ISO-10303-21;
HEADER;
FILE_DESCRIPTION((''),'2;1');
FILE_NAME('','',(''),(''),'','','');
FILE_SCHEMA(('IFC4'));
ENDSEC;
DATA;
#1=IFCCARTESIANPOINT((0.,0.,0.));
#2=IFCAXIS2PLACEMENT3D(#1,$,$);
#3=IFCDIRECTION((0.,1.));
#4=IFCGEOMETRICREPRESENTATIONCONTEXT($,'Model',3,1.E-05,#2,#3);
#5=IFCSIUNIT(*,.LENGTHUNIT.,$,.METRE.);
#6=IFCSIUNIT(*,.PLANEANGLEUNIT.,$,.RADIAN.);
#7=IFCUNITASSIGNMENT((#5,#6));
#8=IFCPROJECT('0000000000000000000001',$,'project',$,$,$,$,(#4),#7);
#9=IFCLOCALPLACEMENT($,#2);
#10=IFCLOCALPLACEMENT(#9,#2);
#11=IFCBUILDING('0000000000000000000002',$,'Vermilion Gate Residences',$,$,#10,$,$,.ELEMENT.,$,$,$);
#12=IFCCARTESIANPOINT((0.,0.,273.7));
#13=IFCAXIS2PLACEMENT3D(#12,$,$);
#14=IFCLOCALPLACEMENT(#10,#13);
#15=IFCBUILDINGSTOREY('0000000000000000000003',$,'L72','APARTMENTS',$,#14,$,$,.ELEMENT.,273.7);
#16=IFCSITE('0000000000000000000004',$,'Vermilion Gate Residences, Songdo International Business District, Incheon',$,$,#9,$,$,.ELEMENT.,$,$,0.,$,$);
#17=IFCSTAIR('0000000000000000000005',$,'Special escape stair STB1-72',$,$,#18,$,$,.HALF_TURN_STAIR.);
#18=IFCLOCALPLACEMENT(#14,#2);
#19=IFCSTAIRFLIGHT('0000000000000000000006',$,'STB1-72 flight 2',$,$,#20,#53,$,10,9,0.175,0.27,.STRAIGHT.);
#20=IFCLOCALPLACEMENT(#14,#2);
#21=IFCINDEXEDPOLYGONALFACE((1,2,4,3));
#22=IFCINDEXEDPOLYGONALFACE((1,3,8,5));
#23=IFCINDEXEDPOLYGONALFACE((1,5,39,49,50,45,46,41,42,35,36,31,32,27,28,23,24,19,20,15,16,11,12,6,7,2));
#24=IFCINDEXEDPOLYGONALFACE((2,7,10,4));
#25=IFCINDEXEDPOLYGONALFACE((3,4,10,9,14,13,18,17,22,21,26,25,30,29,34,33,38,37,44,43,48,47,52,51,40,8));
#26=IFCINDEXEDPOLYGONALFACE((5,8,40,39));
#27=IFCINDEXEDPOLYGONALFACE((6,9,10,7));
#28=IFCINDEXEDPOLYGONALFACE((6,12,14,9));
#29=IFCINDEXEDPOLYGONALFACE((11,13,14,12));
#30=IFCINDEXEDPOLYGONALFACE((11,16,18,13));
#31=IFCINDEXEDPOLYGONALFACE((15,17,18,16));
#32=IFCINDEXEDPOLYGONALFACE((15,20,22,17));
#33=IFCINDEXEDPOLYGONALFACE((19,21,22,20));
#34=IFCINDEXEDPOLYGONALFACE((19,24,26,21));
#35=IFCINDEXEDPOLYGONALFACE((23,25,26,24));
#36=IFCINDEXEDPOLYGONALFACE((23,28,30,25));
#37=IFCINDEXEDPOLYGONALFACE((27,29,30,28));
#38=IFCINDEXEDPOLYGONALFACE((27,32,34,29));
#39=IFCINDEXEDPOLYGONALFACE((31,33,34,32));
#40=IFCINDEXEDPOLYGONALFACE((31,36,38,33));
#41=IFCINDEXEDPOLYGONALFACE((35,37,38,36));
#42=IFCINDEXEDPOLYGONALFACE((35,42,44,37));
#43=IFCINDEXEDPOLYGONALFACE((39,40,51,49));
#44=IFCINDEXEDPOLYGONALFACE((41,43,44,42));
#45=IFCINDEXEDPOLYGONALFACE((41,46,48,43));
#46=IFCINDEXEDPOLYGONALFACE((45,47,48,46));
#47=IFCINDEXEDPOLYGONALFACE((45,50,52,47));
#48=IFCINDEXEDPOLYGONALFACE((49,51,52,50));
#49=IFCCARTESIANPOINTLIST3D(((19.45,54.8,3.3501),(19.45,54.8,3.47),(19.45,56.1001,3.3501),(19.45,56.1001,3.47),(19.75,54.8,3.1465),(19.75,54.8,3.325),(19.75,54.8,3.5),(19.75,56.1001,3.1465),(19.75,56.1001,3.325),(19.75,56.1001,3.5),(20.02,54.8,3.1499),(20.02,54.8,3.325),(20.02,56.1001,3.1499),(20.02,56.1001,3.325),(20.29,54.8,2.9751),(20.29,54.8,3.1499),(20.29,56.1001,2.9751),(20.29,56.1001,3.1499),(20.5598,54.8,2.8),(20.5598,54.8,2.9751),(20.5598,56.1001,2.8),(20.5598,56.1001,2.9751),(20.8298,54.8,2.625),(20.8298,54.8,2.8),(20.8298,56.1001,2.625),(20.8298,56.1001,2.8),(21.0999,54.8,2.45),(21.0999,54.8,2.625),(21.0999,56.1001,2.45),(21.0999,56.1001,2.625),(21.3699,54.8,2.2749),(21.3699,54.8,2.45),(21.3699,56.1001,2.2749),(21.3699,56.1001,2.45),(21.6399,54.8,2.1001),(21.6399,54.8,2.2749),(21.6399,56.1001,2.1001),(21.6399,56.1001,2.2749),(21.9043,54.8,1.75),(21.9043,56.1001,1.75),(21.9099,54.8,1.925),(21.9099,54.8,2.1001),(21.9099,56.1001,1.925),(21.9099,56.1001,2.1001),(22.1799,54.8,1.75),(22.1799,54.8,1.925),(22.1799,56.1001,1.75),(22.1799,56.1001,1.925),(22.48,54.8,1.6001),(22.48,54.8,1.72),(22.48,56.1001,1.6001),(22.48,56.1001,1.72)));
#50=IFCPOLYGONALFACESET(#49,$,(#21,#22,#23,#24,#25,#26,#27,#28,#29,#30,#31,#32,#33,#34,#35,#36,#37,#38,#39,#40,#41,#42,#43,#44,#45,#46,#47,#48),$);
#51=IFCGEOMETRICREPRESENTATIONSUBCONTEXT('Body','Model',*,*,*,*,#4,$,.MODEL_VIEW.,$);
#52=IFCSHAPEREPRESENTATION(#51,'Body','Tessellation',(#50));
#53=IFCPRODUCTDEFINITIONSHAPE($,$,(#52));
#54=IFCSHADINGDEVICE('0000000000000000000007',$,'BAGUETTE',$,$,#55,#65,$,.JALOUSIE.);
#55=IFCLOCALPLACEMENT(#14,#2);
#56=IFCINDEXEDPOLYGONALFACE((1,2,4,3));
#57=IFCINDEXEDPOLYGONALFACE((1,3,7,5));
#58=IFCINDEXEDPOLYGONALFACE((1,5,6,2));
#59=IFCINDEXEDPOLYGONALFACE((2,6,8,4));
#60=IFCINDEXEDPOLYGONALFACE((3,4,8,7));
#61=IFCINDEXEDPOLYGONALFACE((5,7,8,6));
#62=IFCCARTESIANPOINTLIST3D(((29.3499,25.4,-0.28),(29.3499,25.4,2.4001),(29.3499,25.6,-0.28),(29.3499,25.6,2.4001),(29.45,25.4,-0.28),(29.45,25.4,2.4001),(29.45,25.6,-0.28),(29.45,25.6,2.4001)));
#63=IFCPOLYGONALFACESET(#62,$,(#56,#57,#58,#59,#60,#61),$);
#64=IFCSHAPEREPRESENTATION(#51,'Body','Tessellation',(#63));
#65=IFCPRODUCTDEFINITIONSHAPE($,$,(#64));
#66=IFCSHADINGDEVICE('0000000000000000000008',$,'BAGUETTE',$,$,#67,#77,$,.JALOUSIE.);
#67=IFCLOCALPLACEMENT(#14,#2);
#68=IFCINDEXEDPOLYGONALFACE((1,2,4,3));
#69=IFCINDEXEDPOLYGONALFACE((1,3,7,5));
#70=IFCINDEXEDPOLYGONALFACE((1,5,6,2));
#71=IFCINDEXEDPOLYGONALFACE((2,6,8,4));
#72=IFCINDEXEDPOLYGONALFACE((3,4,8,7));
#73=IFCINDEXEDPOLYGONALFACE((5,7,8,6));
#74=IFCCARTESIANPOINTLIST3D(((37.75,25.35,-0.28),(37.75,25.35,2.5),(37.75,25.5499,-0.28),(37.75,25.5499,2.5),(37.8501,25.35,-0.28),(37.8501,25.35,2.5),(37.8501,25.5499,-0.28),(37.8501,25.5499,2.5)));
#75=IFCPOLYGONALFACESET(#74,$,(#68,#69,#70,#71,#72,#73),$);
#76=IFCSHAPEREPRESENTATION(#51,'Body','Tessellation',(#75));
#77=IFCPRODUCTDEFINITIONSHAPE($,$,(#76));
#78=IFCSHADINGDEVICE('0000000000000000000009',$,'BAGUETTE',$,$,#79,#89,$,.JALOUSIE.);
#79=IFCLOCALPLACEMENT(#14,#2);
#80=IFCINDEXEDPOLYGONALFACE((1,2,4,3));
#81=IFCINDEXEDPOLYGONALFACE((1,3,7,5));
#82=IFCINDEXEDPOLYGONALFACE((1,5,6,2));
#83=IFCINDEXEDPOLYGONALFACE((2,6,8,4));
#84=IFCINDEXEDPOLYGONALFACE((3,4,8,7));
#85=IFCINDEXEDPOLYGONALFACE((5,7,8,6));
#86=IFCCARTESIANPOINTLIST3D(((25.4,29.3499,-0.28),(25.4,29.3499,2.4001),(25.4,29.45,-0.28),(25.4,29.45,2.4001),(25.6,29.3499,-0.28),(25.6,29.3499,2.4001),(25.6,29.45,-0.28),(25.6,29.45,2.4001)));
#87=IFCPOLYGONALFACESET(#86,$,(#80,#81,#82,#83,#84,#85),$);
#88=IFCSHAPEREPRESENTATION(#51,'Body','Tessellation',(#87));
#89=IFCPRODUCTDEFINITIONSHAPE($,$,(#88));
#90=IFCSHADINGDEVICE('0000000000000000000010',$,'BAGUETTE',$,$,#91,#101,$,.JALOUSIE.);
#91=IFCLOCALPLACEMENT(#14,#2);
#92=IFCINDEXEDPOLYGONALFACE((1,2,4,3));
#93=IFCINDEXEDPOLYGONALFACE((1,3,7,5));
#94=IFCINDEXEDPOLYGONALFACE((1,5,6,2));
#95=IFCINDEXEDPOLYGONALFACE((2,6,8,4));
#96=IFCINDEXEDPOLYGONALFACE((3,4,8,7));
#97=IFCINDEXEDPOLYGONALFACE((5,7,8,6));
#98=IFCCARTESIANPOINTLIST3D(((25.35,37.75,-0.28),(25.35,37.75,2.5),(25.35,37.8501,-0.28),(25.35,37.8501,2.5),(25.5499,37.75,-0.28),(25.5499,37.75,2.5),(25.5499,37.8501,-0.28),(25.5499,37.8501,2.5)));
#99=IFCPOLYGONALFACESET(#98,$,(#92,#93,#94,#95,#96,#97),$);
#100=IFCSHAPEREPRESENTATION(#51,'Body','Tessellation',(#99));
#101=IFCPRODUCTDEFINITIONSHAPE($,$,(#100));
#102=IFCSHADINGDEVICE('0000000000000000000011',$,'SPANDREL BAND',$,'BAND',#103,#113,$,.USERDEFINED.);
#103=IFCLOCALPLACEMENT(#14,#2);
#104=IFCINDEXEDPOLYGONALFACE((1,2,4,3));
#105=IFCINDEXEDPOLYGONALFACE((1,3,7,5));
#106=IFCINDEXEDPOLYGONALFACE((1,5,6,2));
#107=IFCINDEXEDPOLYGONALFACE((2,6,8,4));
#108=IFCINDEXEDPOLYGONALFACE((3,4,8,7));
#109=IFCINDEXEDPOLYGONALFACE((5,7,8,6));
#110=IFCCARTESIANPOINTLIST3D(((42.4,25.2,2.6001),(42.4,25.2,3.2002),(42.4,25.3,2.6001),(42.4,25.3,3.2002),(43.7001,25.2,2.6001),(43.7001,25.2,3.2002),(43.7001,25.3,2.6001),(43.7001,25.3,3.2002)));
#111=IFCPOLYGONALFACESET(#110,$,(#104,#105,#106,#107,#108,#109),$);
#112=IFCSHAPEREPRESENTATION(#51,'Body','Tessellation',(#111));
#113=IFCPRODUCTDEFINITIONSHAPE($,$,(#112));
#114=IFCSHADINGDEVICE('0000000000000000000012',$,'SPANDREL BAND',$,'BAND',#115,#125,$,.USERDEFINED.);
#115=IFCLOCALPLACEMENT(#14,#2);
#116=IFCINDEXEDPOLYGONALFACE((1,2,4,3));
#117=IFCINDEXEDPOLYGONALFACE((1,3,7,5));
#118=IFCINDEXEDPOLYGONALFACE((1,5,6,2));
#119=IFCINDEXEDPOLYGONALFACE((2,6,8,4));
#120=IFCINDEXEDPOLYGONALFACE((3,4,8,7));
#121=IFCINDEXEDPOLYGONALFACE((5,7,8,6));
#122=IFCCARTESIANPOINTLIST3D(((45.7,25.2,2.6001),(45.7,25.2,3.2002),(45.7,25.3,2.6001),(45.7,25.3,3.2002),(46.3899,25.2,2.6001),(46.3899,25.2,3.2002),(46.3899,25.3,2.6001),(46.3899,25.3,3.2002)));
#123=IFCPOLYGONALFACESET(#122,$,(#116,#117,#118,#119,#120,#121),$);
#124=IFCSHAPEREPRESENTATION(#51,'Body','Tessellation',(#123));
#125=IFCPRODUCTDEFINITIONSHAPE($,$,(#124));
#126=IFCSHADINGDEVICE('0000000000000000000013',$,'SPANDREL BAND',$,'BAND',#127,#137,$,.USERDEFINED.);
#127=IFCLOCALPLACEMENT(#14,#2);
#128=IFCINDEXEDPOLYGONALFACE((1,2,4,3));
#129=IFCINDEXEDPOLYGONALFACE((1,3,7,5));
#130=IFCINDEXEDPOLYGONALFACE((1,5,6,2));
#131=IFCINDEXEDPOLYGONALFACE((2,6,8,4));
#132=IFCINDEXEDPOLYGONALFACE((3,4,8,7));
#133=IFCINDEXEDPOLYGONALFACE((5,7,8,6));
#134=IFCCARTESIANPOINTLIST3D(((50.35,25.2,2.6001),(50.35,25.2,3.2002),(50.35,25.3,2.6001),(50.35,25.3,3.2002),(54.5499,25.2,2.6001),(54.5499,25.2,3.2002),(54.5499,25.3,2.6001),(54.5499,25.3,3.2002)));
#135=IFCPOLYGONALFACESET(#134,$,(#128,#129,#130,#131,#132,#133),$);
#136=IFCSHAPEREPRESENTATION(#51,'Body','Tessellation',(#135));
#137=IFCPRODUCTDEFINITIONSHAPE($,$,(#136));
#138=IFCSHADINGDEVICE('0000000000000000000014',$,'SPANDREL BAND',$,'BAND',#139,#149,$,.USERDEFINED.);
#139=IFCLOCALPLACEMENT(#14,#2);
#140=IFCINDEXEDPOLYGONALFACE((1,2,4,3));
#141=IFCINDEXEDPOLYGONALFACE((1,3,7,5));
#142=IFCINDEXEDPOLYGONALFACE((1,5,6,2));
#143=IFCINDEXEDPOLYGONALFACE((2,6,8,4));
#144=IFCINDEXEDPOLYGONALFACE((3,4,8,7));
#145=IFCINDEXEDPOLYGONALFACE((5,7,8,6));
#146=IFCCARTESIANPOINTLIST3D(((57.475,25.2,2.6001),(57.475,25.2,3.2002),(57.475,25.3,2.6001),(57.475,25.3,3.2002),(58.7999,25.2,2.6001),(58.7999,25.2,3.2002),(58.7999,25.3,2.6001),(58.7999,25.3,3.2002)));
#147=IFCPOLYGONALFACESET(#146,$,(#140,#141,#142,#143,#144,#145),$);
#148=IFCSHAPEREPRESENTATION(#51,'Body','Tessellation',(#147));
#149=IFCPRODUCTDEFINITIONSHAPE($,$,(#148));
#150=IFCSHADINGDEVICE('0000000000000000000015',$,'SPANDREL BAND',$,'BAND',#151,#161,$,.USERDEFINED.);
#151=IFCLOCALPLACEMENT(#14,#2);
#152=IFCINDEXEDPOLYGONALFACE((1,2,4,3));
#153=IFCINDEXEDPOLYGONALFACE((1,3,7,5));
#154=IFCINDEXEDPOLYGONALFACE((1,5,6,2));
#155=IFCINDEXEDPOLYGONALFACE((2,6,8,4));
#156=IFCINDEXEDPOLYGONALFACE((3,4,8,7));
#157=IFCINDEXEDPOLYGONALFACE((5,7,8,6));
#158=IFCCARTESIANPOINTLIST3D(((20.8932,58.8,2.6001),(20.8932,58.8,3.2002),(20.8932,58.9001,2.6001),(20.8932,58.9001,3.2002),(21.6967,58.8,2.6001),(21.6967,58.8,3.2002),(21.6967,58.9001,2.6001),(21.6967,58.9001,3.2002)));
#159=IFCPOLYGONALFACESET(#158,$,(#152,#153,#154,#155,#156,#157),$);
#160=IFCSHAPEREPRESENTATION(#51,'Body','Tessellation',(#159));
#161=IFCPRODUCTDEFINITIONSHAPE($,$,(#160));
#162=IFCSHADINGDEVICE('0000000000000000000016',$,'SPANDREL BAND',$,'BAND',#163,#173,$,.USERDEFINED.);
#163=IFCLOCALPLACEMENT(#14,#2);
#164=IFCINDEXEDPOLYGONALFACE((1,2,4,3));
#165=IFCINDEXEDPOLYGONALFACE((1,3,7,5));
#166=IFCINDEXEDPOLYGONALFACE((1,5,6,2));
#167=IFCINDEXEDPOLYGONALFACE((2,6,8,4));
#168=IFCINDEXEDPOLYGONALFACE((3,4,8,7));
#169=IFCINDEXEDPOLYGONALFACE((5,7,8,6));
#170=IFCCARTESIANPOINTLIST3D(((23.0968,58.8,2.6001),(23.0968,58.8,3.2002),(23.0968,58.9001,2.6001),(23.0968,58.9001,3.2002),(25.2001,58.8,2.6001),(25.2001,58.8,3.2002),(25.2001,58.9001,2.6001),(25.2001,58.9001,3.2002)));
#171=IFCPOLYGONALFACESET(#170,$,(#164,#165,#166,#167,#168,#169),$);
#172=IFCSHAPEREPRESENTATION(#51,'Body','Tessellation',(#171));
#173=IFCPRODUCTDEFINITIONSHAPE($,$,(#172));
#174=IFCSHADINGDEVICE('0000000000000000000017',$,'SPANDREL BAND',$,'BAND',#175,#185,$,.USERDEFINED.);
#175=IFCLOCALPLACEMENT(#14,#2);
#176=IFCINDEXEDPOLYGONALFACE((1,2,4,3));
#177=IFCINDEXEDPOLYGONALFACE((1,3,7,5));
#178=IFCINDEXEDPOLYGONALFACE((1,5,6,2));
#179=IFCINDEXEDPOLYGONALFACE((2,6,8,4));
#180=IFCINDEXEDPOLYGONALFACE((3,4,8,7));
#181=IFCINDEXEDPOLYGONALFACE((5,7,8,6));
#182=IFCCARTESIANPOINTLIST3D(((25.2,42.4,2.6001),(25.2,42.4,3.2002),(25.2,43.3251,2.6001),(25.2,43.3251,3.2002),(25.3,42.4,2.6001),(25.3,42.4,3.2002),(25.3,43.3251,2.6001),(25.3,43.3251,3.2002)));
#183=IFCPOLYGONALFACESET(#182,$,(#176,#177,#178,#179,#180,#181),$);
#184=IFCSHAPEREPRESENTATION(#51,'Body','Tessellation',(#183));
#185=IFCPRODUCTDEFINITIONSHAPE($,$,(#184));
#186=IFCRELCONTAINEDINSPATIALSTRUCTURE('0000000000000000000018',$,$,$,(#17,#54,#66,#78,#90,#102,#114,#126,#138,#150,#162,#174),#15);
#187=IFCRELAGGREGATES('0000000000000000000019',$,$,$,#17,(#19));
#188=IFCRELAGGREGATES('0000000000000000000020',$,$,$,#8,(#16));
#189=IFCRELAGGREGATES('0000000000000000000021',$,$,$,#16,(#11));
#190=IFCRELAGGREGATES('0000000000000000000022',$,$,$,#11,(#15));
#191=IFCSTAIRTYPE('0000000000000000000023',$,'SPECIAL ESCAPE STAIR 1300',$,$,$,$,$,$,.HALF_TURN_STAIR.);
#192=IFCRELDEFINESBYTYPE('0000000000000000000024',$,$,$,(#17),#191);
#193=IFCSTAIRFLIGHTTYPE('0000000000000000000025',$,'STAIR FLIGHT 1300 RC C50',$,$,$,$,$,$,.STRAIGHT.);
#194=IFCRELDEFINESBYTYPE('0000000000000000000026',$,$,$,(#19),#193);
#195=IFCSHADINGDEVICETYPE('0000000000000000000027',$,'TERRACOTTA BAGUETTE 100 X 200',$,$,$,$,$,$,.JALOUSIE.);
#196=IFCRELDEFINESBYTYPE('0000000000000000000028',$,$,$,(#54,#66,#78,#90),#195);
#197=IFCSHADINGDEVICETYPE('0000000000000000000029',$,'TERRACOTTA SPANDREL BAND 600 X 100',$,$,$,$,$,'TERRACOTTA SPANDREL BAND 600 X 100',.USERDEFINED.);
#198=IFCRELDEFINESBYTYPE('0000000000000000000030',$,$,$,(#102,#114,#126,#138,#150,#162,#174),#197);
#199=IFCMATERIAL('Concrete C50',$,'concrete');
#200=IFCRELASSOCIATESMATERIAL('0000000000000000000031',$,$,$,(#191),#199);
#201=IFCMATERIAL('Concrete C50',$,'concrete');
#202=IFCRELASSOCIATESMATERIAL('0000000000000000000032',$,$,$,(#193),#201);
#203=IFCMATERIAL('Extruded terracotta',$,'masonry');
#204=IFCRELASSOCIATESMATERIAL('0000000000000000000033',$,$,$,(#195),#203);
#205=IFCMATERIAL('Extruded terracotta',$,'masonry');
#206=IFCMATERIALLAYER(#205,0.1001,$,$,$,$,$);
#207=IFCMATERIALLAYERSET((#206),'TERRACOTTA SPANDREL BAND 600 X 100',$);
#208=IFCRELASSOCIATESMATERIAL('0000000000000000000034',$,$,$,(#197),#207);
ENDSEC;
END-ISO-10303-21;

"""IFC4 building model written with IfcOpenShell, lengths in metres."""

from ifc_helpers import new_model, si_unit, direction, frame, origin, origin_2d, place, context, subcontext, project, spatial, polyline, rectangle, outline, extrude, material, layer, layer_set, material_profile, profile_set, type_object, element, aggregate, save


model = new_model("IFC4")

# Units and contexts
model_context = context("Model", 3, precision=1e-05, world=origin(), true_north=direction((0.0, 1.0)))
body_context = subcontext(model_context, "Body", "Model", "MODEL_VIEW")
ifc_project = project(units=[si_unit("LENGTHUNIT", "METRE"), si_unit("PLANEANGLEUNIT", "RADIAN")], contexts=[model_context])

# Site, building, storey
site_placement = place(None, origin())
site = spatial("IfcSite", under=ifc_project, at=site_placement, Name="Vermilion Gate Residences, Songdo International Business District, Incheon", CompositionType="ELEMENT", RefElevation=0.0)
building_placement = place(site_placement, origin())
building = spatial("IfcBuilding", under=site, at=building_placement, Name="Vermilion Gate Residences", CompositionType="ELEMENT")
storey_placement = place(building_placement, frame((0.0, 0.0, 273.7)))
storey = spatial("IfcBuildingStorey", under=building, at=storey_placement, Name="L72", Description="APARTMENTS", CompositionType="ELEMENT", Elevation=273.7)

# Stair, stair flight
ifc_material_1 = material(Name="Concrete C50", Category="concrete")
stair_type = type_object("IfcStairType", Name="SPECIAL ESCAPE STAIR 1300", PredefinedType="HALF_TURN_STAIR", material=ifc_material_1)
stair_placement = place(storey_placement, origin())
stair = element("IfcStair", 1, at=stair_placement, inside=storey, type_object=stair_type, Name="Special escape stair STB1-72", PredefinedType="HALF_TURN_STAIR")
ifc_material_2 = material(Name="Concrete C50", Category="concrete")
stair_flight_type = type_object("IfcStairFlightType", Name="STAIR FLIGHT 1300 RC C50", PredefinedType="STRAIGHT", material=ifc_material_2)
stair_flight_placement = place(storey_placement, frame((22.1799, 55.45, 1.75), z_axis=(0.0, 0.0, 1.0), x_axis=(-1.0, 0.0, 0.0)))
stair_flight = element("IfcStairFlight", 2, at=stair_flight_placement, type_object=stair_flight_type, Name="STB1-72 flight 2", NumberOfRisers=10, NumberOfTreads=9, PredefinedType="STRAIGHT", RiserHeight=0.175, TreadLength=0.27, context=body_context, shape_type="SweptSolid", body=[
    extrude(outline(polyline([(-0.3, -0.1499), (-0.3, -0.03), (0.0, 0.0), (0.0, 0.175), (0.27, 0.175), (0.27, 0.3501), (0.54, 0.3501), (0.54, 0.5249), (0.8101, 0.5249), (0.8101, 0.7), (1.0801, 0.7), (1.0801, 0.875), (1.3501, 0.875), (1.3501, 1.05), (1.6201, 1.05), (1.6201, 1.2251), (1.8899, 1.2251), (1.8899, 1.3999), (2.1599, 1.3999), (2.1599, 1.575), (2.4299, 1.575), (2.4299, 1.75), (2.73, 1.72), (2.73, 1.6001), (2.4299, 1.3965), (0.2756, 0.0), (-0.3, -0.1499)])), frame((0.0, 0.6499, 0.0), z_axis=(0.0, -1.0, 0.0), x_axis=(1.0, 0.0, 0.0)), (0.0, 0.0, 1.0), 1.3),
])
aggregate(stair, [stair_flight])

# Shading devices
ifc_material_3 = material(Name="Extruded terracotta", Category="masonry")
ifc_material_profile_1 = material_profile(ifc_material_3, rectangle(XDim=0.2, YDim=0.1001, at=origin_2d()), Name="BAGUETTE 100 X 200")
ifc_profile_set_1 = profile_set([ifc_material_profile_1], Name="Extruded terracotta")
shading_device_type_1 = type_object("IfcShadingDeviceType", Name="TERRACOTTA BAGUETTE 100 X 200", PredefinedType="JALOUSIE", material=ifc_profile_set_1)
shading_device_1_placement = place(storey_placement, frame((29.3999, 25.5, -0.28), z_axis=(0.0, 0.0, 1.0), x_axis=(0.0, -1.0, 0.0)))
element("IfcShadingDevice", 3, at=shading_device_1_placement, inside=storey, type_object=shading_device_type_1, Name="BAGUETTE", PredefinedType="JALOUSIE", context=body_context, shape_type="SweptSolid", body=[
    extrude(rectangle(XDim=0.2, YDim=0.1001, at=origin_2d()), origin(), (0.0, 0.0, 1.0), 2.6802),
])
shading_device_2_placement = place(storey_placement, frame((37.8, 25.45, -0.28), z_axis=(0.0, 0.0, 1.0), x_axis=(0.0, -1.0, 0.0)))
element("IfcShadingDevice", 4, at=shading_device_2_placement, inside=storey, type_object=shading_device_type_1, Name="BAGUETTE", PredefinedType="JALOUSIE", context=body_context, shape_type="SweptSolid", body=[
    extrude(rectangle(XDim=0.2, YDim=0.1001, at=origin_2d()), origin(), (0.0, 0.0, 1.0), 2.78),
])
shading_device_3_placement = place(storey_placement, frame((25.5, 29.3999, -0.28), z_axis=(0.0, 0.0, 1.0), x_axis=(-1.0, 0.0, 0.0)))
element("IfcShadingDevice", 5, at=shading_device_3_placement, inside=storey, type_object=shading_device_type_1, Name="BAGUETTE", PredefinedType="JALOUSIE", context=body_context, shape_type="SweptSolid", body=[
    extrude(rectangle(XDim=0.2, YDim=0.1001, at=origin_2d()), origin(), (0.0, 0.0, 1.0), 2.6802),
])
shading_device_4_placement = place(storey_placement, frame((25.45, 37.8, -0.28), z_axis=(0.0, 0.0, 1.0), x_axis=(-1.0, 0.0, 0.0)))
element("IfcShadingDevice", 6, at=shading_device_4_placement, inside=storey, type_object=shading_device_type_1, Name="BAGUETTE", PredefinedType="JALOUSIE", context=body_context, shape_type="SweptSolid", body=[
    extrude(rectangle(XDim=0.2, YDim=0.1001, at=origin_2d()), origin(), (0.0, 0.0, 1.0), 2.78),
])
ifc_material_4 = material(Name="Extruded terracotta", Category="masonry")
ifc_layer_1 = layer(ifc_material_4, 0.1001)
ifc_layer_set_1 = layer_set([ifc_layer_1], Name="TERRACOTTA SPANDREL BAND 600 X 100")
shading_device_type_2 = type_object("IfcShadingDeviceType", Name="TERRACOTTA SPANDREL BAND 600 X 100", ElementType="TERRACOTTA SPANDREL BAND 600 X 100", PredefinedType="USERDEFINED", material=ifc_layer_set_1)
shading_device_5_placement = place(storey_placement, frame((43.05, 25.25, 2.6001), z_axis=(0.0, 0.0, 1.0), x_axis=(1.0, 0.0, 0.0)))
element("IfcShadingDevice", 7, at=shading_device_5_placement, inside=storey, type_object=shading_device_type_2, Name="SPANDREL BAND", ObjectType="BAND", PredefinedType="USERDEFINED", context=body_context, shape_type="SweptSolid", body=[
    extrude(rectangle(XDim=1.3, YDim=0.1001, at=origin_2d()), origin(), (0.0, 0.0, 1.0), 0.6001),
])
shading_device_6_placement = place(storey_placement, frame((46.0449, 25.25, 2.6001), z_axis=(0.0, 0.0, 1.0), x_axis=(1.0, 0.0, 0.0)))
element("IfcShadingDevice", 8, at=shading_device_6_placement, inside=storey, type_object=shading_device_type_2, Name="SPANDREL BAND", ObjectType="BAND", PredefinedType="USERDEFINED", context=body_context, shape_type="SweptSolid", body=[
    extrude(rectangle(XDim=0.6899, YDim=0.1001, at=origin_2d()), origin(), (0.0, 0.0, 1.0), 0.6001),
])
shading_device_7_placement = place(storey_placement, frame((52.45, 25.25, 2.6001), z_axis=(0.0, 0.0, 1.0), x_axis=(1.0, 0.0, 0.0)))
element("IfcShadingDevice", 9, at=shading_device_7_placement, inside=storey, type_object=shading_device_type_2, Name="SPANDREL BAND", ObjectType="BAND", PredefinedType="USERDEFINED", context=body_context, shape_type="SweptSolid", body=[
    extrude(rectangle(XDim=4.2, YDim=0.1001, at=origin_2d()), origin(), (0.0, 0.0, 1.0), 0.6001),
])
shading_device_8_placement = place(storey_placement, frame((58.1375, 25.25, 2.6001), z_axis=(0.0, 0.0, 1.0), x_axis=(1.0, 0.0, 0.0)))
element("IfcShadingDevice", 10, at=shading_device_8_placement, inside=storey, type_object=shading_device_type_2, Name="SPANDREL BAND", ObjectType="BAND", PredefinedType="USERDEFINED", context=body_context, shape_type="SweptSolid", body=[
    extrude(rectangle(XDim=1.325, YDim=0.1001, at=origin_2d()), origin(), (0.0, 0.0, 1.0), 0.6001),
])
shading_device_9_placement = place(storey_placement, frame((21.2949, 58.8501, 2.6001), z_axis=(0.0, 0.0, 1.0), x_axis=(1.0, 0.0, 0.0)))
element("IfcShadingDevice", 11, at=shading_device_9_placement, inside=storey, type_object=shading_device_type_2, Name="SPANDREL BAND", ObjectType="BAND", PredefinedType="USERDEFINED", context=body_context, shape_type="SweptSolid", body=[
    extrude(rectangle(XDim=0.8035, YDim=0.1001, at=origin_2d()), origin(), (0.0, 0.0, 1.0), 0.6001),
])
shading_device_10_placement = place(storey_placement, frame((24.1484, 58.8501, 2.6001), z_axis=(0.0, 0.0, 1.0), x_axis=(1.0, 0.0, 0.0)))
element("IfcShadingDevice", 12, at=shading_device_10_placement, inside=storey, type_object=shading_device_type_2, Name="SPANDREL BAND", ObjectType="BAND", PredefinedType="USERDEFINED", context=body_context, shape_type="SweptSolid", body=[
    extrude(rectangle(XDim=2.1033, YDim=0.1001, at=origin_2d()), origin(), (0.0, 0.0, 1.0), 0.6001),
])
shading_device_11_placement = place(storey_placement, frame((25.25, 42.8625, 2.6001), z_axis=(0.0, 0.0, 1.0), x_axis=(0.0, 1.0, 0.0)))
element("IfcShadingDevice", 13, at=shading_device_11_placement, inside=storey, type_object=shading_device_type_2, Name="SPANDREL BAND", ObjectType="BAND", PredefinedType="USERDEFINED", context=body_context, shape_type="SweptSolid", body=[
    extrude(rectangle(XDim=0.925, YDim=0.1001, at=origin_2d()), origin(), (0.0, 0.0, 1.0), 0.6001),
])

save(model, "model.ifc")
